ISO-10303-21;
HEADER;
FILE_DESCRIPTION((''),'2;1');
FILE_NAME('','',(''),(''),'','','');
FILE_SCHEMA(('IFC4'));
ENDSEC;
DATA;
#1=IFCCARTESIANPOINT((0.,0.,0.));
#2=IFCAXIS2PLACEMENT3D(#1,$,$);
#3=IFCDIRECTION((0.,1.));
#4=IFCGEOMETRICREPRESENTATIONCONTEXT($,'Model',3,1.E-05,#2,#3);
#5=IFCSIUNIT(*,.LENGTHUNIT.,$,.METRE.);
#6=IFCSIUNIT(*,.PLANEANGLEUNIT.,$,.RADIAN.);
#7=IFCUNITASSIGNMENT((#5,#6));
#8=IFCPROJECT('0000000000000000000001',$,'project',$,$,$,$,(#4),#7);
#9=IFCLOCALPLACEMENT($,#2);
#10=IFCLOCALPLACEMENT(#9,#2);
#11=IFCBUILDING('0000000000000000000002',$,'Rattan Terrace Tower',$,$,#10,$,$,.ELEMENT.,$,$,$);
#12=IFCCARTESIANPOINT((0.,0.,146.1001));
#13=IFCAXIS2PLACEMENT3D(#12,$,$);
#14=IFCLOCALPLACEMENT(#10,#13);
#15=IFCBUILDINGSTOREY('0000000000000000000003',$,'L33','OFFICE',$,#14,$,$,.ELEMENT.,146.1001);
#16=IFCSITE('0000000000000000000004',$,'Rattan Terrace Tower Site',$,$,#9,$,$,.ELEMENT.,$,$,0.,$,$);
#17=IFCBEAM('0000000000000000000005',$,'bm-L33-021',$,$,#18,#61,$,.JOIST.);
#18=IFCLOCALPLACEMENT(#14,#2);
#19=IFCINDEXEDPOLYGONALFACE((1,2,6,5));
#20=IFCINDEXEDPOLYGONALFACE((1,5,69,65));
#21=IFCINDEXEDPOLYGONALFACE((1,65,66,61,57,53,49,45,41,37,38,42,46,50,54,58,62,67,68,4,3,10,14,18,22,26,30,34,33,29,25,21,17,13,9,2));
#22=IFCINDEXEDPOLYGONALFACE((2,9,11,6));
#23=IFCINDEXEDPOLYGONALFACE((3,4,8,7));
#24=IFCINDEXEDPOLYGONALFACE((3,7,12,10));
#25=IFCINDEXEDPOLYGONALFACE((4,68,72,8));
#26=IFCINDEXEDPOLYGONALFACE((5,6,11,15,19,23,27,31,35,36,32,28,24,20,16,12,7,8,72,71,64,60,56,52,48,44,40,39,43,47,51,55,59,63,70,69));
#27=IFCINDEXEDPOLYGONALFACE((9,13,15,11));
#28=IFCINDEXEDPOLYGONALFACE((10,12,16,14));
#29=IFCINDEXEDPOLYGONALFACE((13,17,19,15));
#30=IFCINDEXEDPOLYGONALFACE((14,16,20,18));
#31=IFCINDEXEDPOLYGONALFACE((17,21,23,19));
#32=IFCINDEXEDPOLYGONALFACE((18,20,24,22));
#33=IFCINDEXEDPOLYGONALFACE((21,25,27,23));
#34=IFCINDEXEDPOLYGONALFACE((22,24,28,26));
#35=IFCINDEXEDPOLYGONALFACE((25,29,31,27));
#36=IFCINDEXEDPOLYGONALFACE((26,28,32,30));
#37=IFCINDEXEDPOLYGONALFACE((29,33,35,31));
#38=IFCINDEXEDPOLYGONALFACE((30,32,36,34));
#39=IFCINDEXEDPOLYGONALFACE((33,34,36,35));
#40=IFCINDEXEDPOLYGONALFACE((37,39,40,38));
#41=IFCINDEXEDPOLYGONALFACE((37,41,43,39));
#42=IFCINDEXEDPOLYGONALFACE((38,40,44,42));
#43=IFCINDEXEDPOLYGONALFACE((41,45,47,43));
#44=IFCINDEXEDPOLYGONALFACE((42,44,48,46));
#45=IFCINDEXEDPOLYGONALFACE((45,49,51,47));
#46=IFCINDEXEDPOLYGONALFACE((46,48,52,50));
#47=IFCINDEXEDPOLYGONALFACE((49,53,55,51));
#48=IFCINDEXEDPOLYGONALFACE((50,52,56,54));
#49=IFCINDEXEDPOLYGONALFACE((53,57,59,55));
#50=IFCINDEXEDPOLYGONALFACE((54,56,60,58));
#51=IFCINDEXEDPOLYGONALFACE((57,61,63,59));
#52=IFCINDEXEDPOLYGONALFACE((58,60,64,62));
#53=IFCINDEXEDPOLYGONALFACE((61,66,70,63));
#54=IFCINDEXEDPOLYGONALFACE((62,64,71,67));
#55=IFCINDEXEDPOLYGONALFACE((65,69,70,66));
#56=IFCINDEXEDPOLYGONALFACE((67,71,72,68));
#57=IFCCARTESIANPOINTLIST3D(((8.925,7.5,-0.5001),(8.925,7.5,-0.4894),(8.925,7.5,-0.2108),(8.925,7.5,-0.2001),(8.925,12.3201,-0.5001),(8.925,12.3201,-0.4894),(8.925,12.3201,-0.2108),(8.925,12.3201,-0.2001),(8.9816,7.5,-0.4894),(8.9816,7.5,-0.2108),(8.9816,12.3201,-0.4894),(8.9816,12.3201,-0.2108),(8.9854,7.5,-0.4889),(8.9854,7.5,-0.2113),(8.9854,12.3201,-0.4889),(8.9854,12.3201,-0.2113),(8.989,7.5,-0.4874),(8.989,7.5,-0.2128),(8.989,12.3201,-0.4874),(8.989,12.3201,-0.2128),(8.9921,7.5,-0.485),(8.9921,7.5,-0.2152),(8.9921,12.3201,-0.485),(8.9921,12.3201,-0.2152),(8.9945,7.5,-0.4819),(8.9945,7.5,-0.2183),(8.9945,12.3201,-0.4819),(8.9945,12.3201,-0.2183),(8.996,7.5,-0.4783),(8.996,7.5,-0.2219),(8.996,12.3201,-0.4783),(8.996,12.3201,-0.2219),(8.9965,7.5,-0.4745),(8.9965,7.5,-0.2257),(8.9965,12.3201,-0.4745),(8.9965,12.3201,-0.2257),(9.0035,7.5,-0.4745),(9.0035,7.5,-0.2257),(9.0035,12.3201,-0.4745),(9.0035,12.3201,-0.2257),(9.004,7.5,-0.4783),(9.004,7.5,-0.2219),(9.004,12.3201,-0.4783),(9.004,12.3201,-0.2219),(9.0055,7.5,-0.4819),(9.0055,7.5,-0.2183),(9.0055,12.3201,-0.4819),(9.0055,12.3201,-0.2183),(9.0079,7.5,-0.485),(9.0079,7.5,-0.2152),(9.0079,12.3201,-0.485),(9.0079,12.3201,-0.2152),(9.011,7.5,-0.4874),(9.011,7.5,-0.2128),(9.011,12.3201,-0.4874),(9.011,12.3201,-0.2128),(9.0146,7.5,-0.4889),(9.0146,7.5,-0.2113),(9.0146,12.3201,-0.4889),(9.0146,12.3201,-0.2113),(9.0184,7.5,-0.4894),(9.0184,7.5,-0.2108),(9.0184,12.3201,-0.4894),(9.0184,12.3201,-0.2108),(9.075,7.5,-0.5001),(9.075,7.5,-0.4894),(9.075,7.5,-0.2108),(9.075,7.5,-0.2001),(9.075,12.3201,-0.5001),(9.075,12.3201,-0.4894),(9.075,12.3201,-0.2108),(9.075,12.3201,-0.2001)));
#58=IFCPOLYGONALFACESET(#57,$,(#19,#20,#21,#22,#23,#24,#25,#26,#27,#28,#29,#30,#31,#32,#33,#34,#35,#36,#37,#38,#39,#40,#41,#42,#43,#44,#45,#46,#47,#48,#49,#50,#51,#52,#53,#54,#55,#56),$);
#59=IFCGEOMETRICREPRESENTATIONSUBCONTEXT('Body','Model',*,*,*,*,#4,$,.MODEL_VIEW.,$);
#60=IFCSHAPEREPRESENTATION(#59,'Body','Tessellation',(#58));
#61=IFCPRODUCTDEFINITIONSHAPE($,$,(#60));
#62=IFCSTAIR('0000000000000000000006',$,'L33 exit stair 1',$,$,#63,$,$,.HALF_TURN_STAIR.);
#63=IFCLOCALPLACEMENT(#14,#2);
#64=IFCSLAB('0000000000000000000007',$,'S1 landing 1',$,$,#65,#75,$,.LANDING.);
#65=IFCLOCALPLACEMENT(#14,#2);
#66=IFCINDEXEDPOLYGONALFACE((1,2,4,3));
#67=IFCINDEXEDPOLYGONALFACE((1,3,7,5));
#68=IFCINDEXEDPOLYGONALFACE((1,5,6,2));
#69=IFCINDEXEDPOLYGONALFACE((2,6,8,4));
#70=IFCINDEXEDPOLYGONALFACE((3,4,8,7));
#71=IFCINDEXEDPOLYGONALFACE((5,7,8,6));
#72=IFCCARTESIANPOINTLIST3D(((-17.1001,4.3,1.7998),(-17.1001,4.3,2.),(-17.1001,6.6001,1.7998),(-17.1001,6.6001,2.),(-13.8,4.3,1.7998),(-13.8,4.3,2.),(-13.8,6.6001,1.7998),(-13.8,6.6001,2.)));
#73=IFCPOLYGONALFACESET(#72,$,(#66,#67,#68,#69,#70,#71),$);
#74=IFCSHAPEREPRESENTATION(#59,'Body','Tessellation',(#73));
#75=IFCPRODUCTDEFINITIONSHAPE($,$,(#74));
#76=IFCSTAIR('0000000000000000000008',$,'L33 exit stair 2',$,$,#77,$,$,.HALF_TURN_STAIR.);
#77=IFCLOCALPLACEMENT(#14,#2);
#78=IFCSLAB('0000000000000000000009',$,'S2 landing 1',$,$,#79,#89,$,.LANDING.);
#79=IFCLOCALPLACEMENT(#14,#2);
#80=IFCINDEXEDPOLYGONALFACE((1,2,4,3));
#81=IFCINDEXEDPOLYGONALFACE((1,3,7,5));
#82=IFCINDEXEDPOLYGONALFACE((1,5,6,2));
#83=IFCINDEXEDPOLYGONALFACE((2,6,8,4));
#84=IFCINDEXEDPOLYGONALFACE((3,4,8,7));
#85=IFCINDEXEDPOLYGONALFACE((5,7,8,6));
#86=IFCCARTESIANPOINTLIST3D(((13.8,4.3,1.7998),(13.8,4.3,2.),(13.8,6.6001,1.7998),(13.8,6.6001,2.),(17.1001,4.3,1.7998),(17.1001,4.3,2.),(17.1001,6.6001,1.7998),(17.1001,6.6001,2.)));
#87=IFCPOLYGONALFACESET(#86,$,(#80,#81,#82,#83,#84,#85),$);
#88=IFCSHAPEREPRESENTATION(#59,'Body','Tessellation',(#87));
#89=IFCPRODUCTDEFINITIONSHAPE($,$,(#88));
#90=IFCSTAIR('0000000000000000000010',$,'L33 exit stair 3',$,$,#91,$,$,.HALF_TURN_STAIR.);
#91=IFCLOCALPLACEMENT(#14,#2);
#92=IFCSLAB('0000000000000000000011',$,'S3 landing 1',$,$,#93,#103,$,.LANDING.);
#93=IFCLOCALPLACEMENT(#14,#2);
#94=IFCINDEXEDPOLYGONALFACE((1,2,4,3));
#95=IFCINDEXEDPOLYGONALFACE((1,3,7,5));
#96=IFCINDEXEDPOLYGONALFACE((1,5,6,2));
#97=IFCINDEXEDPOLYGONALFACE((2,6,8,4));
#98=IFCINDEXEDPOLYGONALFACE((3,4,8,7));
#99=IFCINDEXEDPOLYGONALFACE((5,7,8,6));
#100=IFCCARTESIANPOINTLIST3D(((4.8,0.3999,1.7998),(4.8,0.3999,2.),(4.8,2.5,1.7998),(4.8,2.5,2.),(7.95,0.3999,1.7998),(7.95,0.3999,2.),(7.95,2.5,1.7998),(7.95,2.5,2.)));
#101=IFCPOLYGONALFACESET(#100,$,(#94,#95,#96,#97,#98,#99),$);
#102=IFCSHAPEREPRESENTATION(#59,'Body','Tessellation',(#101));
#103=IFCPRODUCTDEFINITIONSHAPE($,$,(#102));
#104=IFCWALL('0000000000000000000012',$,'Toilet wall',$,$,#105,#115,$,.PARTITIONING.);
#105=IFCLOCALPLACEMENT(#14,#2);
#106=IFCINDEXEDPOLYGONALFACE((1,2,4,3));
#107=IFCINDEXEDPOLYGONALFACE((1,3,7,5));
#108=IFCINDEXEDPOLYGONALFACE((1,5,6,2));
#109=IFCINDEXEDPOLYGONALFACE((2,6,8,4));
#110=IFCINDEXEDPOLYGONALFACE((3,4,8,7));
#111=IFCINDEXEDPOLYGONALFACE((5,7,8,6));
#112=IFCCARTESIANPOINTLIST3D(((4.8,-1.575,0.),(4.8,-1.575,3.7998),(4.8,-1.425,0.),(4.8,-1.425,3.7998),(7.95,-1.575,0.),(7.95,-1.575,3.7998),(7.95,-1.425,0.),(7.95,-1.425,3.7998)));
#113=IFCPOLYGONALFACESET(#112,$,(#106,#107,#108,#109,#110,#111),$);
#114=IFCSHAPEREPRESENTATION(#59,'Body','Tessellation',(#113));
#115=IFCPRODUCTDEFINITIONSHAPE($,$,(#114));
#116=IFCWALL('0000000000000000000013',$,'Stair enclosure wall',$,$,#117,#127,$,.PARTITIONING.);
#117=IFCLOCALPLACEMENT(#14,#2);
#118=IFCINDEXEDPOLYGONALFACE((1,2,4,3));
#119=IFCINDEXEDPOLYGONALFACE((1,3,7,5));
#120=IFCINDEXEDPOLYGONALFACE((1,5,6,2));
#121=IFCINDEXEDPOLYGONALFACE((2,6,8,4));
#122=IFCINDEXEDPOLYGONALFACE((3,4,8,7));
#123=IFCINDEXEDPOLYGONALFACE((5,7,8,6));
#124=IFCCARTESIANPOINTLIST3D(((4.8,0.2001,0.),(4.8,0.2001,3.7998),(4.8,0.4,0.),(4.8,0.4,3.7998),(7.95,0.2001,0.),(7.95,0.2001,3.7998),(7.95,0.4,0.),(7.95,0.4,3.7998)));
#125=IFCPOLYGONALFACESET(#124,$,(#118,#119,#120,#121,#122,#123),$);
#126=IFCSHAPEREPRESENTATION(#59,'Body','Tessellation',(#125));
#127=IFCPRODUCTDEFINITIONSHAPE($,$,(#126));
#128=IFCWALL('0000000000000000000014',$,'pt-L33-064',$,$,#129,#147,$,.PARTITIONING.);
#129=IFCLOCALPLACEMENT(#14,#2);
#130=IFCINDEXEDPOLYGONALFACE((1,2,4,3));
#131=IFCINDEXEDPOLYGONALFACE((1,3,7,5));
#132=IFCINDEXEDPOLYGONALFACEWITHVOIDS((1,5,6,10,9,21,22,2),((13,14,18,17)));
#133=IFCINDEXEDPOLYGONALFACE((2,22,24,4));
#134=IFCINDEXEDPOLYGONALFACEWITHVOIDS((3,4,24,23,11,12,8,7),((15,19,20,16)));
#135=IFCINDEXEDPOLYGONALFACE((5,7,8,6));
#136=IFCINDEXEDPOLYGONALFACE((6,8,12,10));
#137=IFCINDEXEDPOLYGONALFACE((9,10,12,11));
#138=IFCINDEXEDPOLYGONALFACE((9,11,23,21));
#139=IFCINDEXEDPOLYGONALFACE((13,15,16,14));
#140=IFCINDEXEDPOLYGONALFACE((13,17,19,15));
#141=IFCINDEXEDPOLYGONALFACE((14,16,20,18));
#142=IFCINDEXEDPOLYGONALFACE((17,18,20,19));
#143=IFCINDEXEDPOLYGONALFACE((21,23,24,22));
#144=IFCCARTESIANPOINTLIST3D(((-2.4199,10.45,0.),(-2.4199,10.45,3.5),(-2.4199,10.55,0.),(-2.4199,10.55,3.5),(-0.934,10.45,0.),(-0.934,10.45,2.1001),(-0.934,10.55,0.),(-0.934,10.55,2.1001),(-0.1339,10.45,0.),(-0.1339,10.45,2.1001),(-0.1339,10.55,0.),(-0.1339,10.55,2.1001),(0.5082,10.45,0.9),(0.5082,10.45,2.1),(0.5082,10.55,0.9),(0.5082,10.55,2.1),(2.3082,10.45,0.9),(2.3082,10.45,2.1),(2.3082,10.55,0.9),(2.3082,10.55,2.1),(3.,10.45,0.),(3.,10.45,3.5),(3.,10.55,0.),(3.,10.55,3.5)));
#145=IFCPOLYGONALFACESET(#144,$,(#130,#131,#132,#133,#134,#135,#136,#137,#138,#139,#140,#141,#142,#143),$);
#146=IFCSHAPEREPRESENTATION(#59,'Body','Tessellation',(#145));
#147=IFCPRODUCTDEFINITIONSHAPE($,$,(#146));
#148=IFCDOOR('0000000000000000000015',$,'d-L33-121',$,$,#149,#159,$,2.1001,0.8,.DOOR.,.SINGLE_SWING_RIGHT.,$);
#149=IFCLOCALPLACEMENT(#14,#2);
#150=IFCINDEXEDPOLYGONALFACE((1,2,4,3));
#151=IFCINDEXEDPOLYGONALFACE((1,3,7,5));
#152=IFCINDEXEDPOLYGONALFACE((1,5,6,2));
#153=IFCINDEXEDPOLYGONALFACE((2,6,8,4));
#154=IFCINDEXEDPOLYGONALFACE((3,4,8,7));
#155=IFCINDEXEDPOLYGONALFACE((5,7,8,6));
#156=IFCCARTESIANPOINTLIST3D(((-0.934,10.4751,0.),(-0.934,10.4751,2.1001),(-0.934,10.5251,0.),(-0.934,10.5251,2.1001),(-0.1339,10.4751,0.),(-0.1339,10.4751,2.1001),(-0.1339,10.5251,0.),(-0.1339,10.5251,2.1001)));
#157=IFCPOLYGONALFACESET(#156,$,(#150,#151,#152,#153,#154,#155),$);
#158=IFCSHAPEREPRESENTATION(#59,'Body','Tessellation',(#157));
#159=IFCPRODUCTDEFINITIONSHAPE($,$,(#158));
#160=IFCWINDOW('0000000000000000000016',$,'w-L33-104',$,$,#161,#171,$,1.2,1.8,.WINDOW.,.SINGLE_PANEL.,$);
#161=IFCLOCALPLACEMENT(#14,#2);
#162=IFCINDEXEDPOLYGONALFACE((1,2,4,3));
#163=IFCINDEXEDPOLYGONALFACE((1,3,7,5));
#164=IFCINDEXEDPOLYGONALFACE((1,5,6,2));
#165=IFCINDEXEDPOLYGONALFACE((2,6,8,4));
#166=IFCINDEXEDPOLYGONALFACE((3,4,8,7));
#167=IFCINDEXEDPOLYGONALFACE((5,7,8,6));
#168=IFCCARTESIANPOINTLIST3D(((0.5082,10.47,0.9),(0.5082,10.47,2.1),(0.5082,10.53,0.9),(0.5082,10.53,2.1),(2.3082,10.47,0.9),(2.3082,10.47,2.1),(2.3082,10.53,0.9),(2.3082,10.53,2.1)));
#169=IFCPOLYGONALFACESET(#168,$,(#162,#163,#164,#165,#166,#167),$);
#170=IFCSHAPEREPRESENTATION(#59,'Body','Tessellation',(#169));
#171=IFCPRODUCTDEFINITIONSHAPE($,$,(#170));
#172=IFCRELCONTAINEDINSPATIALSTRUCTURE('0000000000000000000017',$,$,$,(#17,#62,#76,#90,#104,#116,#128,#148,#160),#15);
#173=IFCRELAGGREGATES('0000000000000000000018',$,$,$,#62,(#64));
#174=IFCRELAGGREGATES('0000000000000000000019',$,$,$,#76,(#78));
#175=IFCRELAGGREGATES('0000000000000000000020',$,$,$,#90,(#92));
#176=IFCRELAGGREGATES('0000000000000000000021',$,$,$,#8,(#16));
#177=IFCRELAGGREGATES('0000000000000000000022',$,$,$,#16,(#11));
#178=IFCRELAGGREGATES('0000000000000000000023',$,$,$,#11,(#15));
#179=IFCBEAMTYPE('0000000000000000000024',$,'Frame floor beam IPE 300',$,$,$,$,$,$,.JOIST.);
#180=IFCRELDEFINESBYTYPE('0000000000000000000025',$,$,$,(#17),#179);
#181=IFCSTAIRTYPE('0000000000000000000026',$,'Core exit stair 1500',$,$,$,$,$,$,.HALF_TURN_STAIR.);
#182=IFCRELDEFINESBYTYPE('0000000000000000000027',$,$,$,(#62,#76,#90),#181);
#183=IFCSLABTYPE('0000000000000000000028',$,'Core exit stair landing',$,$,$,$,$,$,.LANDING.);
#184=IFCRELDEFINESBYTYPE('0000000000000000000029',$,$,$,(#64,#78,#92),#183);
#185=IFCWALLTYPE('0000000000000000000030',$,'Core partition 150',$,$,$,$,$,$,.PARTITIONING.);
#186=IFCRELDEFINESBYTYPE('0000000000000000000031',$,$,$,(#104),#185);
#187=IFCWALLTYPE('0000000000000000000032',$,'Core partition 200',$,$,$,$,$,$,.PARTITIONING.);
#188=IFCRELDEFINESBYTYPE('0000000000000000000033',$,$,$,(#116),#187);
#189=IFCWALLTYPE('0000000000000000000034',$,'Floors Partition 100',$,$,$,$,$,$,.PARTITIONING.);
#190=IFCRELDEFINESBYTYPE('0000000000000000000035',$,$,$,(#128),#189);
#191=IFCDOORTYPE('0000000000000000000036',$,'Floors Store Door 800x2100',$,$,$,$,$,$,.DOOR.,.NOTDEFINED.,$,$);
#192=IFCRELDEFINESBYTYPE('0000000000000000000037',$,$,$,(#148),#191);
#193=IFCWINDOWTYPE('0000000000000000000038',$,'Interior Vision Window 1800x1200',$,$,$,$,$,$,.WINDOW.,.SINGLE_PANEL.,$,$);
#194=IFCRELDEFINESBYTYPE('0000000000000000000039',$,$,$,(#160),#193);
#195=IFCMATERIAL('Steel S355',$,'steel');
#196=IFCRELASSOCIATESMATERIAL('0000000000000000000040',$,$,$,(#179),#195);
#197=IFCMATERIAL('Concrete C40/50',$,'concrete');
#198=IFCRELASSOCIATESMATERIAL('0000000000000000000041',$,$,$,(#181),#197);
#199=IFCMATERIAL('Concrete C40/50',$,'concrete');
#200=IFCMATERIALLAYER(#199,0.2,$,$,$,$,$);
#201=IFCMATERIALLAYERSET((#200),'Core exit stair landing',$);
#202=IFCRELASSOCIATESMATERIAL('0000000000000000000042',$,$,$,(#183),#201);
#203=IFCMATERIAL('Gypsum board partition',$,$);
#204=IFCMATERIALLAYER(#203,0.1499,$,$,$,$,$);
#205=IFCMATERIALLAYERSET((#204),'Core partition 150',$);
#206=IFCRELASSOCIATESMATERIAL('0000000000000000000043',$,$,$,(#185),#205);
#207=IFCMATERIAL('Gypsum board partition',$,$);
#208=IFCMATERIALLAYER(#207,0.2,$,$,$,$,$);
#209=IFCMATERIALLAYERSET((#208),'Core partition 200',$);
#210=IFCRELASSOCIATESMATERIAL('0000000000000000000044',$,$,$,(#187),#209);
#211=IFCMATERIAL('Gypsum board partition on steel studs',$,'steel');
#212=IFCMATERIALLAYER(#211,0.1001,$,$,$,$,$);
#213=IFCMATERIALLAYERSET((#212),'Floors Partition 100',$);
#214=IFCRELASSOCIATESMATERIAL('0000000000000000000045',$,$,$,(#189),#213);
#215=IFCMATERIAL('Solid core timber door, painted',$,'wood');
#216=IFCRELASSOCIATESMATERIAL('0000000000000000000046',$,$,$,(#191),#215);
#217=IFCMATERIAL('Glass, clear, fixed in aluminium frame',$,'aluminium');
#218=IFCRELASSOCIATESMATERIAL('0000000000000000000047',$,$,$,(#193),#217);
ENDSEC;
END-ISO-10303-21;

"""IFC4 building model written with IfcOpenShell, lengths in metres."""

from ifc_helpers import new_model, si_unit, direction, frame, frame_2d, origin, origin_2d, place, context, subcontext, project, spatial, polyline, rectangle, i_section, outline, extrude, material, layer, layer_set, material_profile, profile_set, type_object, element, fill, aggregate, save


model = new_model("IFC4")

# Units and contexts
model_context = context("Model", 3, precision=1e-05, world=origin(), true_north=direction((0.0, 1.0)))
body_context = subcontext(model_context, "Body", "Model", "MODEL_VIEW")
ifc_project = project(units=[si_unit("LENGTHUNIT", "METRE"), si_unit("PLANEANGLEUNIT", "RADIAN")], contexts=[model_context])

# Site, building, storey
site_placement = place(None, origin())
site = spatial("IfcSite", under=ifc_project, at=site_placement, Name="Rattan Terrace Tower Site", CompositionType="ELEMENT", RefElevation=0.0)
building_placement = place(site_placement, origin())
building = spatial("IfcBuilding", under=site, at=building_placement, Name="Rattan Terrace Tower", CompositionType="ELEMENT")
storey_placement = place(building_placement, frame((0.0, 0.0, 146.1001)))
storey = spatial("IfcBuildingStorey", under=building, at=storey_placement, Name="L33", Description="OFFICE", CompositionType="ELEMENT", Elevation=146.1001)

# Beam
ifc_material_1 = material(Name="Steel S355", Category="steel")
ifc_material_profile_1 = material_profile(ifc_material_1, i_section(OverallWidth=0.1499, OverallDepth=0.3, WebThickness=0.0071, FlangeThickness=0.0107, FilletRadius=0.0149, at=origin_2d()), Name="IPE 300")
ifc_profile_set_1 = profile_set([ifc_material_profile_1], Name="Steel S355")
beam_type_1 = type_object("IfcBeamType", Name="Frame floor beam IPE 300", PredefinedType="JOIST", material=ifc_profile_set_1)
for number, where, z_axis, x_axis, name in (
    (1, (9.0, 7.5, -0.3501), (0.0, 1.0, 0.0), (-1.0, 0.0, 0.0), "bm-L33-021"),
):
    element("IfcBeam", number, at=place(storey_placement, frame(where, z_axis=z_axis, x_axis=x_axis)), inside=storey, type_object=beam_type_1, Name=name, PredefinedType="JOIST", context=body_context, shape_type="SweptSolid", body=[
        extrude(i_section(OverallWidth=0.1499, OverallDepth=0.3, WebThickness=0.0071, FlangeThickness=0.0107, FilletRadius=0.0149, at=origin_2d()), origin(), (0.0, 0.0, 1.0), 4.8201),
    ])

# Stairs, slabs
ifc_material_2 = material(Name="Concrete C40/50", Category="concrete")
stair_type = type_object("IfcStairType", Name="Core exit stair 1500", PredefinedType="HALF_TURN_STAIR", material=ifc_material_2)
stair_1_placement = place(storey_placement, origin())
stair_1 = element("IfcStair", 2, at=stair_1_placement, inside=storey, type_object=stair_type, Name="L33 exit stair 1", PredefinedType="HALF_TURN_STAIR")
ifc_material_3 = material(Name="Concrete C40/50", Category="concrete")
ifc_layer_1 = layer(ifc_material_3, 0.2)
ifc_layer_set_1 = layer_set([ifc_layer_1], Name="Core exit stair landing")
slab_type = type_object("IfcSlabType", Name="Core exit stair landing", PredefinedType="LANDING", material=ifc_layer_set_1)
slab_1_placement = place(storey_placement, frame((0.0, 0.0, 1.7998)))
slab_1 = element("IfcSlab", 3, at=slab_1_placement, type_object=slab_type, Name="S1 landing 1", PredefinedType="LANDING", context=body_context, shape_type="SweptSolid", body=[
    extrude(outline(polyline([(-13.8, 4.3), (-13.8, 6.6001), (-17.1001, 6.6001), (-17.1001, 4.3), (-13.8, 4.3)])), origin(), (0.0, 0.0, 1.0), 0.2002),
])
aggregate(stair_1, [slab_1])
stair_2_placement = place(storey_placement, origin())
stair_2 = element("IfcStair", 4, at=stair_2_placement, inside=storey, type_object=stair_type, Name="L33 exit stair 2", PredefinedType="HALF_TURN_STAIR")
slab_2_placement = place(storey_placement, frame((0.0, 0.0, 1.7998)))
slab_2 = element("IfcSlab", 5, at=slab_2_placement, type_object=slab_type, Name="S2 landing 1", PredefinedType="LANDING", context=body_context, shape_type="SweptSolid", body=[
    extrude(outline(polyline([(17.1001, 4.3), (17.1001, 6.6001), (13.8, 6.6001), (13.8, 4.3), (17.1001, 4.3)])), origin(), (0.0, 0.0, 1.0), 0.2002),
])
aggregate(stair_2, [slab_2])
stair_3_placement = place(storey_placement, origin())
stair_3 = element("IfcStair", 6, at=stair_3_placement, inside=storey, type_object=stair_type, Name="L33 exit stair 3", PredefinedType="HALF_TURN_STAIR")
slab_3_placement = place(storey_placement, frame((0.0, 0.0, 1.7998)))
slab_3 = element("IfcSlab", 7, at=slab_3_placement, type_object=slab_type, Name="S3 landing 1", PredefinedType="LANDING", context=body_context, shape_type="SweptSolid", body=[
    extrude(outline(polyline([(4.8, 2.5), (4.8, 0.3999), (7.95, 0.3999), (7.95, 2.5), (4.8, 2.5)])), origin(), (0.0, 0.0, 1.0), 0.2002),
])

# Walls
ifc_material_4 = material(Name="Gypsum board partition")
ifc_layer_2 = layer(ifc_material_4, 0.1499)
ifc_layer_set_2 = layer_set([ifc_layer_2], Name="Core partition 150")
wall_type_1 = type_object("IfcWallType", Name="Core partition 150", PredefinedType="PARTITIONING", material=ifc_layer_set_2)
wall_1_placement = place(storey_placement, frame((4.8, -1.5, 0.0), z_axis=(0.0, 0.0, 1.0), x_axis=(1.0, 0.0, 0.0)))
element("IfcWall", 8, at=wall_1_placement, inside=storey, type_object=wall_type_1, Name="Toilet wall", PredefinedType="PARTITIONING", context=body_context, shape_type="SweptSolid", body=[
    extrude(rectangle(XDim=3.1499, YDim=0.1499, at=frame_2d((1.575, 0.0))), origin(), (0.0, 0.0, 1.0), 3.7998),
])
ifc_material_5 = material(Name="Gypsum board partition")
ifc_layer_3 = layer(ifc_material_5, 0.2)
ifc_layer_set_3 = layer_set([ifc_layer_3], Name="Core partition 200")
wall_type_2 = type_object("IfcWallType", Name="Core partition 200", PredefinedType="PARTITIONING", material=ifc_layer_set_3)
wall_2_placement = place(storey_placement, frame((4.8, 0.3, 0.0), z_axis=(0.0, 0.0, 1.0), x_axis=(1.0, 0.0, 0.0)))
element("IfcWall", 9, at=wall_2_placement, inside=storey, type_object=wall_type_2, Name="Stair enclosure wall", PredefinedType="PARTITIONING", context=body_context, shape_type="SweptSolid", body=[
    extrude(rectangle(XDim=3.1499, YDim=0.2, at=frame_2d((1.575, 0.0))), origin(), (0.0, 0.0, 1.0), 3.7998),
])

# Wall, openings, door, window
ifc_material_6 = material(Name="Gypsum board partition on steel studs", Category="steel")
ifc_layer_4 = layer(ifc_material_6, 0.1001)
ifc_layer_set_4 = layer_set([ifc_layer_4], Name="Floors Partition 100")
wall_type_3 = type_object("IfcWallType", Name="Floors Partition 100", PredefinedType="PARTITIONING", material=ifc_layer_set_4)
wall_3_placement = place(storey_placement, frame((3.0, 10.5, 0.0), z_axis=(0.0, 0.0, 1.0), x_axis=(-1.0, 0.0, 0.0)))
wall_3 = element("IfcWall", 10, at=wall_3_placement, inside=storey, type_object=wall_type_3, Name="pt-L33-064", PredefinedType="PARTITIONING", context=body_context, shape_type="SweptSolid", body=[
    extrude(rectangle(XDim=5.4199, YDim=0.1001, at=frame_2d((2.71, 0.0))), origin(), (0.0, 0.0, 1.0), 3.5),
])
opening_1_placement = place(wall_3_placement, frame((3.134, 0.0, 0.0)))
opening_1 = element("IfcOpeningElement", 11, at=opening_1_placement, cuts=wall_3, PredefinedType="OPENING", context=body_context, shape_type="SweptSolid", body=[
    extrude(rectangle(XDim=0.8, YDim=2.1001, at=frame_2d((0.3999, 1.05))), frame((0.0, 0.0605, 0.0), z_axis=(0.0, -1.0, 0.0), x_axis=(1.0, 0.0, 0.0)), (0.0, 0.0, 1.0), 0.1211),
])
opening_2_placement = place(wall_3_placement, frame((0.6919, 0.0, 0.8999)))
opening_2 = element("IfcOpeningElement", 12, at=opening_2_placement, cuts=wall_3, PredefinedType="OPENING", context=body_context, shape_type="SweptSolid", body=[
    extrude(rectangle(XDim=1.8, YDim=1.2, at=frame_2d((0.8999, 0.6001))), frame((0.0, 0.0605, 0.0), z_axis=(0.0, -1.0, 0.0), x_axis=(1.0, 0.0, 0.0)), (0.0, 0.0, 1.0), 0.1211),
])
ifc_material_7 = material(Name="Solid core timber door, painted", Category="wood")
door_type = type_object("IfcDoorType", Name="Floors Store Door 800x2100", OperationType="NOTDEFINED", PredefinedType="DOOR", material=ifc_material_7)
door_placement = place(opening_1_placement, origin())
door = element("IfcDoor", 13, at=door_placement, inside=storey, type_object=door_type, Name="d-L33-121", OperationType="SINGLE_SWING_RIGHT", OverallHeight=2.1001, OverallWidth=0.8, PredefinedType="DOOR", context=body_context, shape_type="SweptSolid", body=[
    extrude(rectangle(XDim=0.8, YDim=2.1001, at=frame_2d((0.3999, 1.05))), frame((0.0, 0.0249, 0.0), z_axis=(0.0, -1.0, 0.0), x_axis=(1.0, 0.0, 0.0)), (0.0, 0.0, 1.0), 0.05),
])
fill(opening_1, door)
ifc_material_8 = material(Name="Glass, clear, fixed in aluminium frame", Category="aluminium")
window_type = type_object("IfcWindowType", Name="Interior Vision Window 1800x1200", PartitioningType="SINGLE_PANEL", PredefinedType="WINDOW", material=ifc_material_8)
window_1_placement = place(opening_2_placement, origin())
window_1 = element("IfcWindow", 14, at=window_1_placement, inside=storey, type_object=window_type, Name="w-L33-104", OverallHeight=1.2, OverallWidth=1.8, PartitioningType="SINGLE_PANEL", PredefinedType="WINDOW", context=body_context, shape_type="SweptSolid", body=[
    extrude(rectangle(XDim=1.8, YDim=1.2, at=frame_2d((0.8999, 0.6001))), frame((0.0, 0.03, 0.0), z_axis=(0.0, -1.0, 0.0), x_axis=(1.0, 0.0, 0.0)), (0.0, 0.0, 1.0), 0.0601),
])
fill(opening_2, window_1)

aggregate(stair_3, [slab_3])

save(model, "model.ifc")
